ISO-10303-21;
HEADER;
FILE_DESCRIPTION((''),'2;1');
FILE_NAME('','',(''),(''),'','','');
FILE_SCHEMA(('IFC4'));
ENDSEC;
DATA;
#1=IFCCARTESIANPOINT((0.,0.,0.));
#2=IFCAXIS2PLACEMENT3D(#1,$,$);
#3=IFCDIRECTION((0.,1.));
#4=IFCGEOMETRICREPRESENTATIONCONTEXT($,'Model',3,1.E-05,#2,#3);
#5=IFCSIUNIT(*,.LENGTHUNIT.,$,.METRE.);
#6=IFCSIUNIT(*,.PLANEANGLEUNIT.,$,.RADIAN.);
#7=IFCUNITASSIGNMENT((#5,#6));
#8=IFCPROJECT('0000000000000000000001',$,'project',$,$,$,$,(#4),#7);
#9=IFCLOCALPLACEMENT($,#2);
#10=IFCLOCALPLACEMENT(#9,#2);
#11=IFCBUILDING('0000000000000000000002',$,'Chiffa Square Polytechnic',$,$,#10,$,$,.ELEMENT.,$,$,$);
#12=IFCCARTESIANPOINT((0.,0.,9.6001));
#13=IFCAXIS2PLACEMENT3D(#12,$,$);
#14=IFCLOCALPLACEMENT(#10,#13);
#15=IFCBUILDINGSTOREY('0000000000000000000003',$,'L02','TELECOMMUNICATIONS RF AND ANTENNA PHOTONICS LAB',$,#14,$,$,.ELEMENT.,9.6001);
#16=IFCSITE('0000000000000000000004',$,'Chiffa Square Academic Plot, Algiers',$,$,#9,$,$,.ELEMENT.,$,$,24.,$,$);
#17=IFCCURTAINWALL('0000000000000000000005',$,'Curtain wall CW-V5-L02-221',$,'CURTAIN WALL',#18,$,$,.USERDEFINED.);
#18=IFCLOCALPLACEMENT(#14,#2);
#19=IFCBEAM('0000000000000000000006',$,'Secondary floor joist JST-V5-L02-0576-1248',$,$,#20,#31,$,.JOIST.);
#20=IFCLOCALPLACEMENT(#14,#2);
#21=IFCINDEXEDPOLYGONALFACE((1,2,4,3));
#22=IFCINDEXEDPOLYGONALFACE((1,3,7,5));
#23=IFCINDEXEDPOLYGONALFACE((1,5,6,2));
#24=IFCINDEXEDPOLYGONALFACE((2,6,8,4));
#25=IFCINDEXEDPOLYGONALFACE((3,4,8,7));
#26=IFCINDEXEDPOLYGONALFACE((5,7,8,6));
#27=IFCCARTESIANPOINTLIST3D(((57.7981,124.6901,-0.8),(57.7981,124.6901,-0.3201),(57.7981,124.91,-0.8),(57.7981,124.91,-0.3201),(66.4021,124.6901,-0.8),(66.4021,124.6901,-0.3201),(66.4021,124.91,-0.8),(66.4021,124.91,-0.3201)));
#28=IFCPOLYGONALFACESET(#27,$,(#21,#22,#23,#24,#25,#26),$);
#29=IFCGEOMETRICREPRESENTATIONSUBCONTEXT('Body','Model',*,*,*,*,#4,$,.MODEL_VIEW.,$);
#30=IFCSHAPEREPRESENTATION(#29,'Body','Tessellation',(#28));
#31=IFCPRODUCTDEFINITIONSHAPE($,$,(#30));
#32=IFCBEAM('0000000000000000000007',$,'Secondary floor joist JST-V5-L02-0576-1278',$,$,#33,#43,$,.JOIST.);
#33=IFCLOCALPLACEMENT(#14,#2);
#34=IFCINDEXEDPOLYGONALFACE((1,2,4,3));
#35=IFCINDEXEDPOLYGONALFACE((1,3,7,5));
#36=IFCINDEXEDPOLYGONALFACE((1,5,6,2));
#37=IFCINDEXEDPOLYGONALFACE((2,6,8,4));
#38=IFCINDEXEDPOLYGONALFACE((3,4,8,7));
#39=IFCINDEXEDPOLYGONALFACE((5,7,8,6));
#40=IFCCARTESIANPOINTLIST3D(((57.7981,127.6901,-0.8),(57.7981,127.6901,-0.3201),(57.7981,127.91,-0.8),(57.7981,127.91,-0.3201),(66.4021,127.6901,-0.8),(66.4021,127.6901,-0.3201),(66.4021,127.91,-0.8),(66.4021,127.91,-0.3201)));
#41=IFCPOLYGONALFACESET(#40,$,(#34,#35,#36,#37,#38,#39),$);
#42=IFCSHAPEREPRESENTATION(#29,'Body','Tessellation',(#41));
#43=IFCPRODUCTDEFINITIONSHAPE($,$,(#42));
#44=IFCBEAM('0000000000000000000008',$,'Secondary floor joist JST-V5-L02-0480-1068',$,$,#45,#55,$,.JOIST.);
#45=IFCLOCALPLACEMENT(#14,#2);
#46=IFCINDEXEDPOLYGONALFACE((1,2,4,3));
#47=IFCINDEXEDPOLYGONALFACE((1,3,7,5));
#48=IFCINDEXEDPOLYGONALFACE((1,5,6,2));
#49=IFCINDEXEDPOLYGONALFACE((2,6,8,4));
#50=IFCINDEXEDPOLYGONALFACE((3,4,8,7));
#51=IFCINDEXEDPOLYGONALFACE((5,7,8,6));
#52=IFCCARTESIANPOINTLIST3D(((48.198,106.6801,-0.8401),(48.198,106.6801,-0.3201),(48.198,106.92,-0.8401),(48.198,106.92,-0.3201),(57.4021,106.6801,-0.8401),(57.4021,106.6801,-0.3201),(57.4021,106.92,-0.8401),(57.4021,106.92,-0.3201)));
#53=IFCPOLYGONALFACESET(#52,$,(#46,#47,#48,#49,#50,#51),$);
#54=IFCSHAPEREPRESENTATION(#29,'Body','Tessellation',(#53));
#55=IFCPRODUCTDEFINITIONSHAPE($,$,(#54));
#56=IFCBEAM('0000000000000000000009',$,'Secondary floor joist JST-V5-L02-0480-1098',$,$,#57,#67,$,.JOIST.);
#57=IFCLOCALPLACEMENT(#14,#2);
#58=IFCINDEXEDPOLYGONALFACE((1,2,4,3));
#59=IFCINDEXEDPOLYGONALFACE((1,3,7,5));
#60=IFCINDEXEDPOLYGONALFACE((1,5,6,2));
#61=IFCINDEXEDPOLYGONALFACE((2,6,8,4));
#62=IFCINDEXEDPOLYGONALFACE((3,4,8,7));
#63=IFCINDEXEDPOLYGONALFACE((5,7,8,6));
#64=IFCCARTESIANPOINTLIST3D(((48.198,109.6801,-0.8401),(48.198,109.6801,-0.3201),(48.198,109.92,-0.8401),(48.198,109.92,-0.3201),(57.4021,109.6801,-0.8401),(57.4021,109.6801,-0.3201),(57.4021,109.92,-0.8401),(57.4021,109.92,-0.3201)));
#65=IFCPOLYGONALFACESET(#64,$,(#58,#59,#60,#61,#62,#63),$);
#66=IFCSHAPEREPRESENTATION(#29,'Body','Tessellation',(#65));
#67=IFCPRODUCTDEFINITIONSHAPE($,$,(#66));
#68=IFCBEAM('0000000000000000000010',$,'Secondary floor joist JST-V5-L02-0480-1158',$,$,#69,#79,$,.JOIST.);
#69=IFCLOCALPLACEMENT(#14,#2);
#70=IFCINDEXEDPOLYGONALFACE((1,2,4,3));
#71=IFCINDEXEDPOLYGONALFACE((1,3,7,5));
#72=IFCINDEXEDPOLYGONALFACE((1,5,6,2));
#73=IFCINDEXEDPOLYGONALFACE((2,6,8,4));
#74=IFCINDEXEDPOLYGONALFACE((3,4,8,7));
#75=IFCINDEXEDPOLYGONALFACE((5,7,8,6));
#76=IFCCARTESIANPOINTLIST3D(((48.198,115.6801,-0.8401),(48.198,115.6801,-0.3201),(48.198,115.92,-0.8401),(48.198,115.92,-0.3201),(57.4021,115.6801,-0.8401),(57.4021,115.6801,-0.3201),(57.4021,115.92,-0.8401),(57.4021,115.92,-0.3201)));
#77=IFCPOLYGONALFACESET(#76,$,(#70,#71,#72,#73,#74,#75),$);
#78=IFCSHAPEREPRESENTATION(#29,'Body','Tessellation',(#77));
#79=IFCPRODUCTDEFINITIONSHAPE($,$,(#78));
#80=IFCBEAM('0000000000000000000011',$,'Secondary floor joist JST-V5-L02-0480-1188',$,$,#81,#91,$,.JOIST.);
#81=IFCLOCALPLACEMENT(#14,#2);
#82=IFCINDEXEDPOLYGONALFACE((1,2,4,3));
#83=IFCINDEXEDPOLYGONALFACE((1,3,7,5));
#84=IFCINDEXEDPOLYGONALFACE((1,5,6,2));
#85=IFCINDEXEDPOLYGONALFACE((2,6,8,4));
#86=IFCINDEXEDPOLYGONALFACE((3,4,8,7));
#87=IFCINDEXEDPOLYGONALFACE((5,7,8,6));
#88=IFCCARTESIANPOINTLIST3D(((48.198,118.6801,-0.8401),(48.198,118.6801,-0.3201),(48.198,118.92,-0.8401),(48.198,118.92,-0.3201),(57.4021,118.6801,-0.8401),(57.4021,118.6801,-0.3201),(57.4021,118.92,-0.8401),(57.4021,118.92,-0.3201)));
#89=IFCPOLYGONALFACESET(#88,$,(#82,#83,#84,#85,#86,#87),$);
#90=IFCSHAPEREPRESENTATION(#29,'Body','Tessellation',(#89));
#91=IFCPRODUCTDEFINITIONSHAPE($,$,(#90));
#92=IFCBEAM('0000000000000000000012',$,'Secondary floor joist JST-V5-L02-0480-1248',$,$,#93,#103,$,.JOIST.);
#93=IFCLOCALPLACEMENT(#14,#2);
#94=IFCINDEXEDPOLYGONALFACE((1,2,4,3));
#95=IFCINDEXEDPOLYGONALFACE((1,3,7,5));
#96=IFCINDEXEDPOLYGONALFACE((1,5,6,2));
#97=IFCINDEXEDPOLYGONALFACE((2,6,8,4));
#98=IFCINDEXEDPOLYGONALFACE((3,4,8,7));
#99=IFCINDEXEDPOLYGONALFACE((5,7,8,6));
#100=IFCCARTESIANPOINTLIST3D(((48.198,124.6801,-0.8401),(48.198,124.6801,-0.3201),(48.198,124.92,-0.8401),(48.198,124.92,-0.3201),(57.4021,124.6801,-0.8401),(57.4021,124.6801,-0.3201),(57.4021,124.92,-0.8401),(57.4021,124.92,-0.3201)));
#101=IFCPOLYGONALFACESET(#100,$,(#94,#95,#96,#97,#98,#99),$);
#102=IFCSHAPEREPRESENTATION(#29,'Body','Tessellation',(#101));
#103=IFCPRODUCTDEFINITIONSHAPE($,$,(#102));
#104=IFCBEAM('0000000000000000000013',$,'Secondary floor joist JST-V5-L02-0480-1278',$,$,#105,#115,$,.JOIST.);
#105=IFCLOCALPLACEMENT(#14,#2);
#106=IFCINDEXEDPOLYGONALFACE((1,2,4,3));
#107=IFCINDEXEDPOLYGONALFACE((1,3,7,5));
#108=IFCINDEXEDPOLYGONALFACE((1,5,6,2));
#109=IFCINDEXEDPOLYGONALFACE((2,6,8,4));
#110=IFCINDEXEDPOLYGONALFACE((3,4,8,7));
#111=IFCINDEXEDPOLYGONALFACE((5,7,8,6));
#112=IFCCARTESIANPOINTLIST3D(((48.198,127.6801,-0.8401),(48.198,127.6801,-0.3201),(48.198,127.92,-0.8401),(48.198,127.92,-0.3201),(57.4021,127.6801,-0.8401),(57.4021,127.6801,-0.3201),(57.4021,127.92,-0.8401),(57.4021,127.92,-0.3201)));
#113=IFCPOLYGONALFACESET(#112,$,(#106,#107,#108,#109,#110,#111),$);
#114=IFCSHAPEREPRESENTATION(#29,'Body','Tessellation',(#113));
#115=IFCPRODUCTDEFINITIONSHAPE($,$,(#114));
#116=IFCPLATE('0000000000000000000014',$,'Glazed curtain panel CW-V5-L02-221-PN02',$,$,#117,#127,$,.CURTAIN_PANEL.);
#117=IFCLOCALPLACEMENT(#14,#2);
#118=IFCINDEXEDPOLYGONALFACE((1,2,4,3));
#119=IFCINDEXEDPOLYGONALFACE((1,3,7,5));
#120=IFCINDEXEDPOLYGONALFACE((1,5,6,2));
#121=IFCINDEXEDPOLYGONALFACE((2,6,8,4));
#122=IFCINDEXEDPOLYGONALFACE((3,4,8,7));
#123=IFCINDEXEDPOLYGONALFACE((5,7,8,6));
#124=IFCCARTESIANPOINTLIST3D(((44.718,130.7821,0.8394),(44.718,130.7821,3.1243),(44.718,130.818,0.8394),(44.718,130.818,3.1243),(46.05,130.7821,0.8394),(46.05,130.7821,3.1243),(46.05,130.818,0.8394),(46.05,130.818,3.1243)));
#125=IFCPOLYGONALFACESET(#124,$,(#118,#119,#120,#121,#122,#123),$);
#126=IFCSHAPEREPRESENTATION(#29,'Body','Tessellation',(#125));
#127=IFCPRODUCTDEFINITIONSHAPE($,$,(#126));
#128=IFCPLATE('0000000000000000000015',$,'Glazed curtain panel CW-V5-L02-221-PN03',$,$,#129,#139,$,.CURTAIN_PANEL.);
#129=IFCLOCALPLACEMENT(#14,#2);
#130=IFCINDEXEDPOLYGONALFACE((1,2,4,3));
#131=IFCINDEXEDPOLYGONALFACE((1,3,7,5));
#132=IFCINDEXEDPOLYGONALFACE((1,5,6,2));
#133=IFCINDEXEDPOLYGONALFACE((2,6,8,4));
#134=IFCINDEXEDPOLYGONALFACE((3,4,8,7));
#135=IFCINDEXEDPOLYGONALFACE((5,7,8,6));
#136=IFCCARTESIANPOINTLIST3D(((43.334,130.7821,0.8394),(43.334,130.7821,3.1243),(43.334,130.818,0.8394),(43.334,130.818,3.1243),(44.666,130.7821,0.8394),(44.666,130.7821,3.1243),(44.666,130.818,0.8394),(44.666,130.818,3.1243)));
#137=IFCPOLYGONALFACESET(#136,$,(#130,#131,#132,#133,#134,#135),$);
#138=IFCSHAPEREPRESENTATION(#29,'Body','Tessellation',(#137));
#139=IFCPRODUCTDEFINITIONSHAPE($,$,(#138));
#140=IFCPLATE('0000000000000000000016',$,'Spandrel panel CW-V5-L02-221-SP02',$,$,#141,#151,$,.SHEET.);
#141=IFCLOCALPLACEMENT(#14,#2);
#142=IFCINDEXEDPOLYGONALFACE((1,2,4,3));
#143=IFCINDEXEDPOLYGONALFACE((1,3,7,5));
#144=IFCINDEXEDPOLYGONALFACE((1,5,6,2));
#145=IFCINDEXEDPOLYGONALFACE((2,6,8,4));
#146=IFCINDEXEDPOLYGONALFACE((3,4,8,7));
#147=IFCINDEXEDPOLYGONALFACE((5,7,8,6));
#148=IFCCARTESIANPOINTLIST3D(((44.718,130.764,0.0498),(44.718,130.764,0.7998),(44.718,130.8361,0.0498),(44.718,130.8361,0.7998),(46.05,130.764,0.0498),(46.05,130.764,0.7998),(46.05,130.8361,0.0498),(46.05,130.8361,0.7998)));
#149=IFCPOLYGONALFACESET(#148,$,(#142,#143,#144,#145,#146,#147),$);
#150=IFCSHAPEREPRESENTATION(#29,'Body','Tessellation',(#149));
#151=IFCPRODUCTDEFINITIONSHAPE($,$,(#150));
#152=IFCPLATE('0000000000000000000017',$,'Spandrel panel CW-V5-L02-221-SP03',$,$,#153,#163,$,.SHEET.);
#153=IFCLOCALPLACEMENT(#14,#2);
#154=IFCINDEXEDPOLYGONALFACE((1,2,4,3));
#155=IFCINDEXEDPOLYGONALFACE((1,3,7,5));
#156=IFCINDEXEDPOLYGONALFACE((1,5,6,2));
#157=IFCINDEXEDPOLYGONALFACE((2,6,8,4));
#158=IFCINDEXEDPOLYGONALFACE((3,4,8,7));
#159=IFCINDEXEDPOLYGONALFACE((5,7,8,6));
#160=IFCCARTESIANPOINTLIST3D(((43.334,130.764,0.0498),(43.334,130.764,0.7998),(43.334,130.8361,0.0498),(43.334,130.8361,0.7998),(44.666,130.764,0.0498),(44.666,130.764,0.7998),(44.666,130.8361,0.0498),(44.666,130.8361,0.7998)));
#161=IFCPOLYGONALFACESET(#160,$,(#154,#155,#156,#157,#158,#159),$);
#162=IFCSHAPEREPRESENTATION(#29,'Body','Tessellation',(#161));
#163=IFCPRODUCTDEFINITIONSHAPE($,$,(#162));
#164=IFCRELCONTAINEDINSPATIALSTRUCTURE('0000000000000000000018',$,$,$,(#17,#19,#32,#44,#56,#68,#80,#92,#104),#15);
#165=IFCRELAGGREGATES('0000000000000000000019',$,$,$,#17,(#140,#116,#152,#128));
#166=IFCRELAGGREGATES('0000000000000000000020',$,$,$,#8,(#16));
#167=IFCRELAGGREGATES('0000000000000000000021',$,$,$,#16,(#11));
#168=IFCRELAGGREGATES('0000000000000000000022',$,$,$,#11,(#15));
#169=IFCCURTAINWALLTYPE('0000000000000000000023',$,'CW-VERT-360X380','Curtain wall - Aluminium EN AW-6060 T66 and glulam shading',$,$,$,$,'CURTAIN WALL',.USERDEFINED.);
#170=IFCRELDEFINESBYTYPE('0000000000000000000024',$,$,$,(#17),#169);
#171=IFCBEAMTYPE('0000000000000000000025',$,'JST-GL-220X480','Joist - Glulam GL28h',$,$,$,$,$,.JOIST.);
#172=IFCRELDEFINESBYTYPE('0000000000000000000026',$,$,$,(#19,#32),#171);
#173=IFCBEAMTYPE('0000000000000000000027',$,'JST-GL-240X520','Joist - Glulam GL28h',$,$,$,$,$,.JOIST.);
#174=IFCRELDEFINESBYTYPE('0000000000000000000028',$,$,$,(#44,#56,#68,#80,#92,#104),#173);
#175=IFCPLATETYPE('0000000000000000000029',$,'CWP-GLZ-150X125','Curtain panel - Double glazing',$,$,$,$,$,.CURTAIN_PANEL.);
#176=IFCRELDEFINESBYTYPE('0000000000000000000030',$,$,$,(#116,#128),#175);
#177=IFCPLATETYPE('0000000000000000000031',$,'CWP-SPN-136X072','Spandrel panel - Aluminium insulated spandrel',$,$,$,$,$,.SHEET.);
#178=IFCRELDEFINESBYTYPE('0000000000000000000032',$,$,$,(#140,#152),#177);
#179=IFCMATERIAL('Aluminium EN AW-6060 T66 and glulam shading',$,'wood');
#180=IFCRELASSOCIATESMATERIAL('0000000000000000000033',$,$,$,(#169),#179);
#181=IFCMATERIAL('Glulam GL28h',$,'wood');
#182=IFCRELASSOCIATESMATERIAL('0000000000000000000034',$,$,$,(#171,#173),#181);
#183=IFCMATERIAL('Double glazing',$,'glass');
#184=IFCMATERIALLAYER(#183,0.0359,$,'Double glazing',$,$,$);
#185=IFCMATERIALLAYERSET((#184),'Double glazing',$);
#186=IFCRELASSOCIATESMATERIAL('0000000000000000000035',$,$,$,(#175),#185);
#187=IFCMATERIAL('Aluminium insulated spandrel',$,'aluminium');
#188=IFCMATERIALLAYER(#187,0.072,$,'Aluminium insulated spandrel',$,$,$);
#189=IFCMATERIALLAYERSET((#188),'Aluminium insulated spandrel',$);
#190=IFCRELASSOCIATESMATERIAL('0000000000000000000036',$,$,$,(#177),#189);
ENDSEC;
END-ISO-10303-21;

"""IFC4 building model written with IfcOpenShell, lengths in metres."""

from ifc_helpers import new_model, si_unit, direction, frame, origin, origin_2d, place, context, subcontext, project, spatial, rectangle, extrude, material, layer, layer_set, material_profile, profile_set, type_object, element, aggregate, save


model = new_model("IFC4")

# Units and contexts
model_context = context("Model", 3, precision=1e-05, world=origin(), true_north=direction((0.0, 1.0)))
body_context = subcontext(model_context, "Body", "Model", "MODEL_VIEW")
ifc_project = project(units=[si_unit("LENGTHUNIT", "METRE"), si_unit("PLANEANGLEUNIT", "RADIAN")], contexts=[model_context])

# Site, building, storey
site_placement = place(None, origin())
site = spatial("IfcSite", under=ifc_project, at=site_placement, Name="Chiffa Square Academic Plot, Algiers", CompositionType="ELEMENT", RefElevation=24.0)
building_placement = place(site_placement, origin())
building = spatial("IfcBuilding", under=site, at=building_placement, Name="Chiffa Square Polytechnic", CompositionType="ELEMENT")
storey_placement = place(building_placement, frame((0.0, 0.0, 9.6001)))
storey = spatial("IfcBuildingStorey", under=building, at=storey_placement, Name="L02", Description="TELECOMMUNICATIONS RF AND ANTENNA PHOTONICS LAB", CompositionType="ELEMENT", Elevation=9.6001)

# Curtain wall
ifc_material_1 = material(Name="Aluminium EN AW-6060 T66 and glulam shading", Category="wood")
curtain_wall_type = type_object("IfcCurtainWallType", Name="CW-VERT-360X380", Description="Curtain wall - Aluminium EN AW-6060 T66 and glulam shading", ElementType="CURTAIN WALL", PredefinedType="USERDEFINED", material=ifc_material_1)
curtain_wall_placement = place(storey_placement, origin())
curtain_wall = element("IfcCurtainWall", 1, at=curtain_wall_placement, inside=storey, type_object=curtain_wall_type, Name="Curtain wall CW-V5-L02-221", ObjectType="CURTAIN WALL", PredefinedType="USERDEFINED")

# Beams
ifc_material_2 = material(Name="Glulam GL28h", Category="wood")
ifc_material_profile_1 = material_profile(ifc_material_2, rectangle(XDim=0.22, YDim=0.48, at=origin_2d()), Name="GL28h 220x480")
ifc_profile_set_1 = profile_set([ifc_material_profile_1], Name="Glulam GL28h")
beam_type_1 = type_object("IfcBeamType", Name="JST-GL-220X480", Description="Joist - Glulam GL28h", PredefinedType="JOIST", material=ifc_profile_set_1)
for number, where, z_axis, x_axis, name in (
    (2, (57.7981, 124.8, -0.5601), (1.0, 0.0, 0.0), (0.0, 1.0, 0.0), "Secondary floor joist JST-V5-L02-0576-1248"),
    (3, (57.7981, 127.8, -0.5601), (1.0, 0.0, 0.0), (0.0, 1.0, 0.0), "Secondary floor joist JST-V5-L02-0576-1278"),
):
    element("IfcBeam", number, at=place(storey_placement, frame(where, z_axis=z_axis, x_axis=x_axis)), inside=storey, type_object=beam_type_1, Name=name, PredefinedType="JOIST", context=body_context, shape_type="SweptSolid", body=[
        extrude(rectangle(XDim=0.22, YDim=0.48, at=origin_2d()), origin(), (0.0, 0.0, 1.0), 8.604),
    ])
ifc_material_profile_2 = material_profile(ifc_material_2, rectangle(XDim=0.24, YDim=0.52, at=origin_2d()), Name="GL28h 240x520")
ifc_profile_set_2 = profile_set([ifc_material_profile_2], Name="Glulam GL28h")
beam_type_2 = type_object("IfcBeamType", Name="JST-GL-240X520", Description="Joist - Glulam GL28h", PredefinedType="JOIST", material=ifc_profile_set_2)
for number, where, z_axis, x_axis, name in (
    (4, (48.198, 106.8, -0.5801), (1.0, 0.0, 0.0), (0.0, 1.0, 0.0), "Secondary floor joist JST-V5-L02-0480-1068"),
    (5, (48.198, 109.8, -0.5801), (1.0, 0.0, 0.0), (0.0, 1.0, 0.0), "Secondary floor joist JST-V5-L02-0480-1098"),
    (6, (48.198, 115.8, -0.5801), (1.0, 0.0, 0.0), (0.0, 1.0, 0.0), "Secondary floor joist JST-V5-L02-0480-1158"),
    (7, (48.198, 118.8, -0.5801), (1.0, 0.0, 0.0), (0.0, 1.0, 0.0), "Secondary floor joist JST-V5-L02-0480-1188"),
    (8, (48.198, 124.8, -0.5801), (1.0, 0.0, 0.0), (0.0, 1.0, 0.0), "Secondary floor joist JST-V5-L02-0480-1248"),
    (9, (48.198, 127.8, -0.5801), (1.0, 0.0, 0.0), (0.0, 1.0, 0.0), "Secondary floor joist JST-V5-L02-0480-1278"),
):
    element("IfcBeam", number, at=place(storey_placement, frame(where, z_axis=z_axis, x_axis=x_axis)), inside=storey, type_object=beam_type_2, Name=name, PredefinedType="JOIST", context=body_context, shape_type="SweptSolid", body=[
        extrude(rectangle(XDim=0.24, YDim=0.52, at=origin_2d()), origin(), (0.0, 0.0, 1.0), 9.2041),
    ])

# Plates
ifc_material_3 = material(Name="Double glazing", Category="glass")
ifc_layer_1 = layer(ifc_material_3, 0.0359, Name="Double glazing")
ifc_layer_set_1 = layer_set([ifc_layer_1], Name="Double glazing")
plate_type_1 = type_object("IfcPlateType", Name="CWP-GLZ-150X125", Description="Curtain panel - Double glazing", PredefinedType="CURTAIN_PANEL", material=ifc_layer_set_1)
plate_1_placement = place(storey_placement, frame((45.384, 130.8, 0.8394), z_axis=(0.0, 0.0, 1.0), x_axis=(-1.0, 0.0, 0.0)))
plate_1 = element("IfcPlate", 10, at=plate_1_placement, type_object=plate_type_1, Name="Glazed curtain panel CW-V5-L02-221-PN02", PredefinedType="CURTAIN_PANEL", context=body_context, shape_type="SweptSolid", body=[
    extrude(rectangle(XDim=1.332, YDim=0.0359, at=origin_2d()), origin(), (0.0, 0.0, 1.0), 2.2849),
])
plate_2_placement = place(storey_placement, frame((44.0, 130.8, 0.8394), z_axis=(0.0, 0.0, 1.0), x_axis=(-1.0, 0.0, 0.0)))
plate_2 = element("IfcPlate", 11, at=plate_2_placement, type_object=plate_type_1, Name="Glazed curtain panel CW-V5-L02-221-PN03", PredefinedType="CURTAIN_PANEL", context=body_context, shape_type="SweptSolid", body=[
    extrude(rectangle(XDim=1.332, YDim=0.0359, at=origin_2d()), origin(), (0.0, 0.0, 1.0), 2.2849),
])
ifc_material_4 = material(Name="Aluminium insulated spandrel", Category="aluminium")
ifc_layer_2 = layer(ifc_material_4, 0.072, Name="Aluminium insulated spandrel")
ifc_layer_set_2 = layer_set([ifc_layer_2], Name="Aluminium insulated spandrel")
plate_type_2 = type_object("IfcPlateType", Name="CWP-SPN-136X072", Description="Spandrel panel - Aluminium insulated spandrel", PredefinedType="SHEET", material=ifc_layer_set_2)
plate_3_placement = place(storey_placement, frame((45.384, 130.8, 0.0498), z_axis=(0.0, 0.0, 1.0), x_axis=(-1.0, 0.0, 0.0)))
plate_3 = element("IfcPlate", 12, at=plate_3_placement, type_object=plate_type_2, Name="Spandrel panel CW-V5-L02-221-SP02", PredefinedType="SHEET", context=body_context, shape_type="SweptSolid", body=[
    extrude(rectangle(XDim=1.332, YDim=0.072, at=origin_2d()), origin(), (0.0, 0.0, 1.0), 0.75),
])
plate_4_placement = place(storey_placement, frame((44.0, 130.8, 0.0498), z_axis=(0.0, 0.0, 1.0), x_axis=(-1.0, 0.0, 0.0)))
plate_4 = element("IfcPlate", 13, at=plate_4_placement, type_object=plate_type_2, Name="Spandrel panel CW-V5-L02-221-SP03", PredefinedType="SHEET", context=body_context, shape_type="SweptSolid", body=[
    extrude(rectangle(XDim=1.332, YDim=0.072, at=origin_2d()), origin(), (0.0, 0.0, 1.0), 0.75),
])
aggregate(curtain_wall, [plate_3, plate_1, plate_4, plate_2])

save(model, "model.ifc")
